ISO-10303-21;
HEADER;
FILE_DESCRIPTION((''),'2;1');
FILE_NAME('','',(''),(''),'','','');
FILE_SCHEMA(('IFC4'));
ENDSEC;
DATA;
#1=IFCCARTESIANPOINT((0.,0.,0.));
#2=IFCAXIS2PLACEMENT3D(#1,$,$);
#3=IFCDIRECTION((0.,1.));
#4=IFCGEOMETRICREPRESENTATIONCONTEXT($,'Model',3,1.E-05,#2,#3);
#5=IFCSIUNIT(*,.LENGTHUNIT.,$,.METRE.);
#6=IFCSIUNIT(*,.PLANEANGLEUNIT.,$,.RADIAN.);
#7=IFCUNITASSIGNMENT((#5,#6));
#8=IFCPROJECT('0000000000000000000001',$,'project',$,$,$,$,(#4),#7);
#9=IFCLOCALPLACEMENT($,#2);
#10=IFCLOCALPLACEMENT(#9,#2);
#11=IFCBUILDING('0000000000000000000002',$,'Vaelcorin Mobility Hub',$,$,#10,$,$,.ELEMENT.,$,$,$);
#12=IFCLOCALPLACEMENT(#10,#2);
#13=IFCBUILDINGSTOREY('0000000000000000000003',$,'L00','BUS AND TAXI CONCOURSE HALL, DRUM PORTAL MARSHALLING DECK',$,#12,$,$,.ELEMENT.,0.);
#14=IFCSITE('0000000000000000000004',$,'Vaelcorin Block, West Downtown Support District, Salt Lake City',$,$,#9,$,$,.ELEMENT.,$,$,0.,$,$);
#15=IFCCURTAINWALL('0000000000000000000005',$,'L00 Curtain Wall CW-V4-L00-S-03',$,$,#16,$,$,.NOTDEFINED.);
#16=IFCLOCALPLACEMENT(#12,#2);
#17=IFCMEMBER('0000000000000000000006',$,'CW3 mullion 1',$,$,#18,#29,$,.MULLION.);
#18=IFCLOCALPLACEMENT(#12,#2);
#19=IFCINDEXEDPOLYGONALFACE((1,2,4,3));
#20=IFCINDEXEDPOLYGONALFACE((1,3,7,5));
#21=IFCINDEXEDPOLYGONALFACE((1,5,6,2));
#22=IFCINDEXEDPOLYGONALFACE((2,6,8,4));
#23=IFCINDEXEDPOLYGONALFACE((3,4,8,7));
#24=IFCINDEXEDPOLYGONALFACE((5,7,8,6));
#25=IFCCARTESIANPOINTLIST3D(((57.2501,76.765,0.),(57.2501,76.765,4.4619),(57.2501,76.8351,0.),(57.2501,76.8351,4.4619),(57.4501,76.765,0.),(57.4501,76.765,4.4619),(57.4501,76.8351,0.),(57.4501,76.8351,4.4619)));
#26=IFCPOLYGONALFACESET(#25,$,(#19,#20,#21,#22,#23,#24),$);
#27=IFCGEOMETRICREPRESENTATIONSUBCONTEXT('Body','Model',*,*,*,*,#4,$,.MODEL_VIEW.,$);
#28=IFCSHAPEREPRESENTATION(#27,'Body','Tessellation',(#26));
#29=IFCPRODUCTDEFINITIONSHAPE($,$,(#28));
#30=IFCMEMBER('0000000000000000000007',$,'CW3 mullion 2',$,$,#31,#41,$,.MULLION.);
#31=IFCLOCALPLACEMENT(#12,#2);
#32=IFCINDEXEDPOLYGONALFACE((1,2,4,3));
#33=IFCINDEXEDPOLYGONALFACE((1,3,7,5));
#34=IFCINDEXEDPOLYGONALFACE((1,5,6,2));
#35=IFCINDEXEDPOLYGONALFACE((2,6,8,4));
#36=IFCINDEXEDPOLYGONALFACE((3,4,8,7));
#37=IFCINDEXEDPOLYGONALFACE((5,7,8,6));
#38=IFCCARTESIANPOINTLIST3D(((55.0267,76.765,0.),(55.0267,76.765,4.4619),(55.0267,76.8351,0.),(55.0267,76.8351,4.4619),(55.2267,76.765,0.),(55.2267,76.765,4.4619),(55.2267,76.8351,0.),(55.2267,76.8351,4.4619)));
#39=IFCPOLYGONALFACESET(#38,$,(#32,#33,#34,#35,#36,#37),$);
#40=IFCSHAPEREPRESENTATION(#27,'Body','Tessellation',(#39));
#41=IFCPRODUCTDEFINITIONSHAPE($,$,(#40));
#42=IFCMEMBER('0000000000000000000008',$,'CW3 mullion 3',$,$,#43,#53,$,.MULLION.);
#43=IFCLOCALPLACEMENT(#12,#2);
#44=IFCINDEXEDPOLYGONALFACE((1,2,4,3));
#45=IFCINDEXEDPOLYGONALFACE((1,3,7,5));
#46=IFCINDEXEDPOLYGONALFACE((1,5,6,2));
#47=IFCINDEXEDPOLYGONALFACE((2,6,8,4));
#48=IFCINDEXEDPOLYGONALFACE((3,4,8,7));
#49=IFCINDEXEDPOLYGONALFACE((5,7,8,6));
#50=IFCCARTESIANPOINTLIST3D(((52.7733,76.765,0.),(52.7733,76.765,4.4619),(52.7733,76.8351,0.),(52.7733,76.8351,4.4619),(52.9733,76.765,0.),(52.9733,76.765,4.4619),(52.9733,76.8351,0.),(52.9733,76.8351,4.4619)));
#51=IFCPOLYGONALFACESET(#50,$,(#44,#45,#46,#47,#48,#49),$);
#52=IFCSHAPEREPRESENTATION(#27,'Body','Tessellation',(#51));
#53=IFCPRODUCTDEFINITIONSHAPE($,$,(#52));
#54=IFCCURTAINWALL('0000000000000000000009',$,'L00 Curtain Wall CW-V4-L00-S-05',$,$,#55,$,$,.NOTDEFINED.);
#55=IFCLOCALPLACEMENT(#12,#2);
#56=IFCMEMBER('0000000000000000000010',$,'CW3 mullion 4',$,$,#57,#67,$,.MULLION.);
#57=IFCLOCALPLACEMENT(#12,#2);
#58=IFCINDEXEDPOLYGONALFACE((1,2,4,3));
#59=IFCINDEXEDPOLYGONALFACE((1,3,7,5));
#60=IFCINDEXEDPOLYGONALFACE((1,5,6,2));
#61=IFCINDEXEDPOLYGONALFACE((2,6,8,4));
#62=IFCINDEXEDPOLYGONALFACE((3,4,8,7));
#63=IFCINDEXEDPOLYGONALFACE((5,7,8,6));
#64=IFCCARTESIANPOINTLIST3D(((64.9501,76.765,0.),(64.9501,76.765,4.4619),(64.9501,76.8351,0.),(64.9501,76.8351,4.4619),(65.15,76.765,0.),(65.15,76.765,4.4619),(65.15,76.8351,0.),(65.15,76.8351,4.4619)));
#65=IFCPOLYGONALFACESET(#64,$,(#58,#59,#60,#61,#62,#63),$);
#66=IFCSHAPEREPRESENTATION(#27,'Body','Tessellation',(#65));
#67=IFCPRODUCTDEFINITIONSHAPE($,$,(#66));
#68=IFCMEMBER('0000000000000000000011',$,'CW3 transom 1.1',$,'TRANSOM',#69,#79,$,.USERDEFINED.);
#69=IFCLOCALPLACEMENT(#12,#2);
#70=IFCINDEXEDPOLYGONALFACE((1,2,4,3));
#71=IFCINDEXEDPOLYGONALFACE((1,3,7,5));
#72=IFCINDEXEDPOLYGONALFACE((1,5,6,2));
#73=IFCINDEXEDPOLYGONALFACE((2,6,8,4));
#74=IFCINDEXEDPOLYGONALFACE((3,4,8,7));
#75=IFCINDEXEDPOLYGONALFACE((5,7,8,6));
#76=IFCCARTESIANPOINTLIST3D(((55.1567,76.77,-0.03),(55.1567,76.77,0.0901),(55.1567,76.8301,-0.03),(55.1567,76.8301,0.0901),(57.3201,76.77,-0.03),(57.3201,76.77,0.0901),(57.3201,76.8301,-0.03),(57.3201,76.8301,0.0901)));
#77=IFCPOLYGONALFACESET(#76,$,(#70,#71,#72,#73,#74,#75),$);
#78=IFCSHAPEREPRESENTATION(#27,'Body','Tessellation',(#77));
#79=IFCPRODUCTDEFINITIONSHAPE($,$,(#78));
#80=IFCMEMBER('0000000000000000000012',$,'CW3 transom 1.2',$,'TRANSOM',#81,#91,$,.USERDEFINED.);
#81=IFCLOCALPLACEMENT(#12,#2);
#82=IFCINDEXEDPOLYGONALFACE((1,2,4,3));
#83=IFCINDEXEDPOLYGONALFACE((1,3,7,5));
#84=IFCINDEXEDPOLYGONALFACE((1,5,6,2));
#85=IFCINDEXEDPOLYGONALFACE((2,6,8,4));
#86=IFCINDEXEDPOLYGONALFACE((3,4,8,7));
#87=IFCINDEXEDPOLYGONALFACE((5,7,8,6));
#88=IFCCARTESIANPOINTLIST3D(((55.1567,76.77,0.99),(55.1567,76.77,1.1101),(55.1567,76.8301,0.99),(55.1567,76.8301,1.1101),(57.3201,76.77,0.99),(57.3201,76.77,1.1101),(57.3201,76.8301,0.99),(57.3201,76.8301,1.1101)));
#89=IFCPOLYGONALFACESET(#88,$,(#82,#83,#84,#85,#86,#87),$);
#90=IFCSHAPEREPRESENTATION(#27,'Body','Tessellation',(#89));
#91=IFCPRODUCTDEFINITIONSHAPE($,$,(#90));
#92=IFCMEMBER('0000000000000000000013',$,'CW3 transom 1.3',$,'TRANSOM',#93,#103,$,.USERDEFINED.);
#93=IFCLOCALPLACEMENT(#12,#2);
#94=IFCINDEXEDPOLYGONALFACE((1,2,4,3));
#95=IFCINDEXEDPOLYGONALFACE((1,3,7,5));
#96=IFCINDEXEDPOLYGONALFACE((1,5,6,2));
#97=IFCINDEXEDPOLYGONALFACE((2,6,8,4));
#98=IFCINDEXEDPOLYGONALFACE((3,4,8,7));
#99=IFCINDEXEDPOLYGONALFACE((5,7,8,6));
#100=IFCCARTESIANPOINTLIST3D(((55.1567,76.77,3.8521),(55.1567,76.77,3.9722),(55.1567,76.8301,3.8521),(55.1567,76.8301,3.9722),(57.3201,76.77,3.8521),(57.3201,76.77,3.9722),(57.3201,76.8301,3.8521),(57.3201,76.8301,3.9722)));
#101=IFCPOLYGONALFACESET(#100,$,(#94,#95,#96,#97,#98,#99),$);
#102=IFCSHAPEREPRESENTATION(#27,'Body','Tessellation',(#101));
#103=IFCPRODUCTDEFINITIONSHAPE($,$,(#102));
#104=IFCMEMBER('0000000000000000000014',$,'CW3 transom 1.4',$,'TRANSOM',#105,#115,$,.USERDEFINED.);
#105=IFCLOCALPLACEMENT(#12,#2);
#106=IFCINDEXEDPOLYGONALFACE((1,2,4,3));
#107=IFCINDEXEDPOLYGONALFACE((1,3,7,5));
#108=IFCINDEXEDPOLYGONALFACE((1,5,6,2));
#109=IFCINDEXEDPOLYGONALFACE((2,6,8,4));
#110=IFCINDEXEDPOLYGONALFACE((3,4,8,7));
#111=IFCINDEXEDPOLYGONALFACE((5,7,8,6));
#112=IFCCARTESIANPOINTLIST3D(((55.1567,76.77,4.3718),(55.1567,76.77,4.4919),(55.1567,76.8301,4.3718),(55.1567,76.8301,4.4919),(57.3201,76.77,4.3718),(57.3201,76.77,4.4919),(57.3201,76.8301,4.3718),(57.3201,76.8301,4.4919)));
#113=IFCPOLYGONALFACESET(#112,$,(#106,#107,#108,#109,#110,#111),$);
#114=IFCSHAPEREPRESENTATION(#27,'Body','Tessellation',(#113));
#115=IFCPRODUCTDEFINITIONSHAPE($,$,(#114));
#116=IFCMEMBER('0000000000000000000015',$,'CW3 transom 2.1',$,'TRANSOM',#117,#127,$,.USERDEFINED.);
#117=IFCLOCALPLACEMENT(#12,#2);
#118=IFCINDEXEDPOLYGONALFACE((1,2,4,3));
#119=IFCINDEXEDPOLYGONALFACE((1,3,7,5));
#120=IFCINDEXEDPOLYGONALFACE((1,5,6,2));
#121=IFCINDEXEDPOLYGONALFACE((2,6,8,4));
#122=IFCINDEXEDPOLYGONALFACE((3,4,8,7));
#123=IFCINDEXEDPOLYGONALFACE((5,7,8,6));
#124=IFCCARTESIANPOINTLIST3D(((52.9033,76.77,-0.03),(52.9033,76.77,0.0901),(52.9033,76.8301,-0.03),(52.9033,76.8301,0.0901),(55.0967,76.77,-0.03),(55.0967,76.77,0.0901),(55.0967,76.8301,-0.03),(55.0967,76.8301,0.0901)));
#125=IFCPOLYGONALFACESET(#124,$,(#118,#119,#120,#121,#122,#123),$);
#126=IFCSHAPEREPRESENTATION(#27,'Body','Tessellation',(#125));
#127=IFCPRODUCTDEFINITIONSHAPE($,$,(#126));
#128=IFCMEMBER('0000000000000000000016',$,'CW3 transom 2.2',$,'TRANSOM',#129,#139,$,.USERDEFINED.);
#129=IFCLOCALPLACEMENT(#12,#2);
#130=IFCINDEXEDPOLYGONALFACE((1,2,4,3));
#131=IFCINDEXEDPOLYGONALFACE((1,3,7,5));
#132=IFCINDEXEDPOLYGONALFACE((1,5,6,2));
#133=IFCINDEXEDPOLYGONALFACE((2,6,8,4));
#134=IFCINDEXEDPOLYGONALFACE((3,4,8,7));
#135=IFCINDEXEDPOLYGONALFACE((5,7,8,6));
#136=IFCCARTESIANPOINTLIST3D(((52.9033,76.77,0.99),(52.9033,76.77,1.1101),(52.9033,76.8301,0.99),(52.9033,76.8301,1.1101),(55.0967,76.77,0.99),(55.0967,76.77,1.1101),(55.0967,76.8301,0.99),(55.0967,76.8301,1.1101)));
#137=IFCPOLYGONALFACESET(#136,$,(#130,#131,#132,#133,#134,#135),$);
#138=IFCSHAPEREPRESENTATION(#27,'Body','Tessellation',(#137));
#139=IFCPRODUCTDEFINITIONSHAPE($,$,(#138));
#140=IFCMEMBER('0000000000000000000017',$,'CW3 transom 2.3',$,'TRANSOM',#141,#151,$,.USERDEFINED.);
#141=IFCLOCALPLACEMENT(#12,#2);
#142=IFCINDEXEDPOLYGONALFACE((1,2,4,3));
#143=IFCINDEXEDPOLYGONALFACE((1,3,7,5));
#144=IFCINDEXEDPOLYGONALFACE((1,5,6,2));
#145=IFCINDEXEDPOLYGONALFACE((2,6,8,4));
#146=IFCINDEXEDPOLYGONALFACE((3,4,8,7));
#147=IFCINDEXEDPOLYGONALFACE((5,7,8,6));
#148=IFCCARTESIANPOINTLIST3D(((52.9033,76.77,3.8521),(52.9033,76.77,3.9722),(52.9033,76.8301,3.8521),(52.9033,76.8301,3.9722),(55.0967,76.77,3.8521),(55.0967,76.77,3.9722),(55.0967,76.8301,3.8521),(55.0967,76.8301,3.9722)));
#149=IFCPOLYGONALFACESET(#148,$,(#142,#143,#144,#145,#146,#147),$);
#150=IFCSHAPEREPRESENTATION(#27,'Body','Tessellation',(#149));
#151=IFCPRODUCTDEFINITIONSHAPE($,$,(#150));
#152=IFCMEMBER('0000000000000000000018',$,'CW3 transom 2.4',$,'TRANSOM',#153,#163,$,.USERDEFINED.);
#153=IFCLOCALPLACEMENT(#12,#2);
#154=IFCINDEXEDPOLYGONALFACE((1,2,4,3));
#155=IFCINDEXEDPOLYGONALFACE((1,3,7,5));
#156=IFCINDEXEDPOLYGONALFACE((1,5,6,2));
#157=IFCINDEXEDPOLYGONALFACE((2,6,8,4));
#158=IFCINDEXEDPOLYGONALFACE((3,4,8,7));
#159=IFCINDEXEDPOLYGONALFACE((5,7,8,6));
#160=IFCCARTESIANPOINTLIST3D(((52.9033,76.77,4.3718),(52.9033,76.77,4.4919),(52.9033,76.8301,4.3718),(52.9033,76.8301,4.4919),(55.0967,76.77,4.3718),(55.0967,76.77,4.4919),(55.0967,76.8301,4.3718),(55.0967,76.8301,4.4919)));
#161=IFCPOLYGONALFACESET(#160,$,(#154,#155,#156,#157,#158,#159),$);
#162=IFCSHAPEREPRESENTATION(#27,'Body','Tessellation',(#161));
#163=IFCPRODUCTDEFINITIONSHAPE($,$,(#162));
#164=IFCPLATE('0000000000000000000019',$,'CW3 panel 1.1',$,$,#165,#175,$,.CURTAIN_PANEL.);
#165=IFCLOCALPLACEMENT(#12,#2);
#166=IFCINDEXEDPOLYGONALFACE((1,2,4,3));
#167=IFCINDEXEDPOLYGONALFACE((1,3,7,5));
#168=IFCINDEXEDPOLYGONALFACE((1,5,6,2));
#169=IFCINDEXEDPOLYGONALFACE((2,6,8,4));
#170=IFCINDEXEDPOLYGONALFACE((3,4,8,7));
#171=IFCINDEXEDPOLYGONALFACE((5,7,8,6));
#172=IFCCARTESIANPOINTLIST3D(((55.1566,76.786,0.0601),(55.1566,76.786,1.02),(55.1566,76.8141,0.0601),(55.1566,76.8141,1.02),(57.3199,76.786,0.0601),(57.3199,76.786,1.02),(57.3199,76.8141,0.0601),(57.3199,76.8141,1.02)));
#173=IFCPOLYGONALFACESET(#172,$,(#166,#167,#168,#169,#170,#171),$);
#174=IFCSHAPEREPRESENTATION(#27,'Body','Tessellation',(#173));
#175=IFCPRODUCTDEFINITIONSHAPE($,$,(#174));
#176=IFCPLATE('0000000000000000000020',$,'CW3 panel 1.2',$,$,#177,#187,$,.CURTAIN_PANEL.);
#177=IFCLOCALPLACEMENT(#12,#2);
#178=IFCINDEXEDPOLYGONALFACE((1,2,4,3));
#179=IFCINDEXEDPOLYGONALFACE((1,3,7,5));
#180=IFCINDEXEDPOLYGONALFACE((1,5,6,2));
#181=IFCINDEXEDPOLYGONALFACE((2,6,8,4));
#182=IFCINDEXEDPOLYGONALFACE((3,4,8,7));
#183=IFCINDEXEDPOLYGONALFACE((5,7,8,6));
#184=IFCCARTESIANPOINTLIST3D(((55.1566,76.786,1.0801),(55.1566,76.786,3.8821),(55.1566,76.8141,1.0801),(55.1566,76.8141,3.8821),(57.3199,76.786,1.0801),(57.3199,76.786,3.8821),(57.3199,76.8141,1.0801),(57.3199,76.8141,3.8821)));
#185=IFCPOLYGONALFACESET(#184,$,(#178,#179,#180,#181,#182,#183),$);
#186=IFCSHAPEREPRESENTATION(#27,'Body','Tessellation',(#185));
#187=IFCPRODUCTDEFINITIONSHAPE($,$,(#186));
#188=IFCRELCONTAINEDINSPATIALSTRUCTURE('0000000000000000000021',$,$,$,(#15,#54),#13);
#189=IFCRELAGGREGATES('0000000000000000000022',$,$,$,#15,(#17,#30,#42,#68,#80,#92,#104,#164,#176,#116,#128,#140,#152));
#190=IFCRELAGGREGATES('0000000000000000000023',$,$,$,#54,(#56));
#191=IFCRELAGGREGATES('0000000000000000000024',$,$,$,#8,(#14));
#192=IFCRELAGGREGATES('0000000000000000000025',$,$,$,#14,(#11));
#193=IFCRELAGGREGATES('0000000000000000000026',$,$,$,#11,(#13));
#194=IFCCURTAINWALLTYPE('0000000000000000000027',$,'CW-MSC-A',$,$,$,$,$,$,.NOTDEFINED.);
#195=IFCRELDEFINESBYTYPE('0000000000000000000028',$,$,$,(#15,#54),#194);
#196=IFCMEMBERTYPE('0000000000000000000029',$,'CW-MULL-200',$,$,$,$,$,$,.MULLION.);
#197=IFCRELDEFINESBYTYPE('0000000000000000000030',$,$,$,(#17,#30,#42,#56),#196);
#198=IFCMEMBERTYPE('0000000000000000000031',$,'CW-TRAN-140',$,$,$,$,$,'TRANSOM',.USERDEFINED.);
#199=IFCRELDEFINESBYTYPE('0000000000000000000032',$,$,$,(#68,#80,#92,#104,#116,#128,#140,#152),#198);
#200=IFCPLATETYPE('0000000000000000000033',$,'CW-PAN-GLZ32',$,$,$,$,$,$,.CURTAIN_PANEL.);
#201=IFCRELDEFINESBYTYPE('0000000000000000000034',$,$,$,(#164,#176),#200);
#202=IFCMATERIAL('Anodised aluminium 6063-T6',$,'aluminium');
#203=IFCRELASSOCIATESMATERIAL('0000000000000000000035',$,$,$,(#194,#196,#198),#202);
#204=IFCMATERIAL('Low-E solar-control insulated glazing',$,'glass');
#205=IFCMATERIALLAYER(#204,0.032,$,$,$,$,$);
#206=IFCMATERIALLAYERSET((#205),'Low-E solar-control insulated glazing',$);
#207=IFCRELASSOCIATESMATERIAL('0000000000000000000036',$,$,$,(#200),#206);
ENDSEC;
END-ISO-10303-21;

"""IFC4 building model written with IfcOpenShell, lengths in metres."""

from ifc_helpers import new_model, si_unit, direction, frame, origin, origin_2d, place, context, subcontext, project, spatial, rectangle, extrude, material, layer, layer_set, material_profile, profile_set, type_object, element, aggregate, save


model = new_model("IFC4")

# Units and contexts
model_context = context("Model", 3, precision=1e-05, world=origin(), true_north=direction((0.0, 1.0)))
body_context = subcontext(model_context, "Body", "Model", "MODEL_VIEW")
ifc_project = project(units=[si_unit("LENGTHUNIT", "METRE"), si_unit("PLANEANGLEUNIT", "RADIAN")], contexts=[model_context])

# Site, building, storey
site_placement = place(None, origin())
site = spatial("IfcSite", under=ifc_project, at=site_placement, Name="Vaelcorin Block, West Downtown Support District, Salt Lake City", CompositionType="ELEMENT", RefElevation=0.0)
building_placement = place(site_placement, origin())
building = spatial("IfcBuilding", under=site, at=building_placement, Name="Vaelcorin Mobility Hub", CompositionType="ELEMENT")
storey_placement = place(building_placement, origin())
storey = spatial("IfcBuildingStorey", under=building, at=storey_placement, Name="L00", Description="BUS AND TAXI CONCOURSE HALL, DRUM PORTAL MARSHALLING DECK", CompositionType="ELEMENT", Elevation=0.0)

# Curtain wall, members
ifc_material_1 = material(Name="Anodised aluminium 6063-T6", Category="aluminium")
curtain_wall_type = type_object("IfcCurtainWallType", Name="CW-MSC-A", PredefinedType="NOTDEFINED", material=ifc_material_1)
curtain_wall_1_placement = place(storey_placement, origin())
curtain_wall_1 = element("IfcCurtainWall", 1, at=curtain_wall_1_placement, inside=storey, type_object=curtain_wall_type, Name="L00 Curtain Wall CW-V4-L00-S-03", PredefinedType="NOTDEFINED")
ifc_material_profile_1 = material_profile(ifc_material_1, rectangle(XDim=0.0701, YDim=0.2, at=origin_2d()), Name="ALU-M70X200")
ifc_profile_set_1 = profile_set([ifc_material_profile_1], Name="Anodised aluminium 6063-T6")
member_type_1 = type_object("IfcMemberType", Name="CW-MULL-200", PredefinedType="MULLION", material=ifc_profile_set_1)
member_1_placement = place(storey_placement, frame((57.3501, 76.8, 0.0), z_axis=(0.0, 0.0, 1.0), x_axis=(0.0, -1.0, 0.0)))
member_1 = element("IfcMember", 2, at=member_1_placement, type_object=member_type_1, Name="CW3 mullion 1", PredefinedType="MULLION", context=body_context, shape_type="SweptSolid", body=[
    extrude(rectangle(XDim=0.0701, YDim=0.2, at=origin_2d()), origin(), (0.0, 0.0, 1.0), 4.4619),
])
member_2_placement = place(storey_placement, frame((55.1267, 76.8, 0.0), z_axis=(0.0, 0.0, 1.0), x_axis=(0.0, -1.0, 0.0)))
member_2 = element("IfcMember", 3, at=member_2_placement, type_object=member_type_1, Name="CW3 mullion 2", PredefinedType="MULLION", context=body_context, shape_type="SweptSolid", body=[
    extrude(rectangle(XDim=0.0701, YDim=0.2, at=origin_2d()), origin(), (0.0, 0.0, 1.0), 4.4619),
])
member_3_placement = place(storey_placement, frame((52.8733, 76.8, 0.0), z_axis=(0.0, 0.0, 1.0), x_axis=(0.0, -1.0, 0.0)))
member_3 = element("IfcMember", 4, at=member_3_placement, type_object=member_type_1, Name="CW3 mullion 3", PredefinedType="MULLION", context=body_context, shape_type="SweptSolid", body=[
    extrude(rectangle(XDim=0.0701, YDim=0.2, at=origin_2d()), origin(), (0.0, 0.0, 1.0), 4.4619),
])

# Curtain wall, member
curtain_wall_2_placement = place(storey_placement, origin())
curtain_wall_2 = element("IfcCurtainWall", 5, at=curtain_wall_2_placement, inside=storey, type_object=curtain_wall_type, Name="L00 Curtain Wall CW-V4-L00-S-05", PredefinedType="NOTDEFINED")
member_4_placement = place(storey_placement, frame((65.05, 76.8, 0.0), z_axis=(0.0, 0.0, 1.0), x_axis=(0.0, -1.0, 0.0)))
member_4 = element("IfcMember", 6, at=member_4_placement, type_object=member_type_1, Name="CW3 mullion 4", PredefinedType="MULLION", context=body_context, shape_type="SweptSolid", body=[
    extrude(rectangle(XDim=0.0701, YDim=0.2, at=origin_2d()), origin(), (0.0, 0.0, 1.0), 4.4619),
])

# Members
ifc_material_profile_2 = material_profile(ifc_material_1, rectangle(XDim=0.0601, YDim=0.1201, at=origin_2d()), Name="ALU-T60X120")
ifc_profile_set_2 = profile_set([ifc_material_profile_2], Name="Anodised aluminium 6063-T6")
member_type_2 = type_object("IfcMemberType", Name="CW-TRAN-140", ElementType="TRANSOM", PredefinedType="USERDEFINED", material=ifc_profile_set_2)
member_5_placement = place(storey_placement, frame((57.3201, 76.8, 0.03), z_axis=(-1.0, 0.0, 0.0), x_axis=(0.0, -1.0, 0.0)))
member_5 = element("IfcMember", 7, at=member_5_placement, type_object=member_type_2, Name="CW3 transom 1.1", ObjectType="TRANSOM", PredefinedType="USERDEFINED", context=body_context, shape_type="SweptSolid", body=[
    extrude(rectangle(XDim=0.0601, YDim=0.1201, at=origin_2d()), origin(), (0.0, 0.0, 1.0), 2.1633),
])
member_6_placement = place(storey_placement, frame((57.3201, 76.8, 1.05), z_axis=(-1.0, 0.0, 0.0), x_axis=(0.0, -1.0, 0.0)))
member_6 = element("IfcMember", 8, at=member_6_placement, type_object=member_type_2, Name="CW3 transom 1.2", ObjectType="TRANSOM", PredefinedType="USERDEFINED", context=body_context, shape_type="SweptSolid", body=[
    extrude(rectangle(XDim=0.0601, YDim=0.1201, at=origin_2d()), origin(), (0.0, 0.0, 1.0), 2.1633),
])
member_7_placement = place(storey_placement, frame((57.3201, 76.8, 3.9121), z_axis=(-1.0, 0.0, 0.0), x_axis=(0.0, -1.0, 0.0)))
member_7 = element("IfcMember", 9, at=member_7_placement, type_object=member_type_2, Name="CW3 transom 1.3", ObjectType="TRANSOM", PredefinedType="USERDEFINED", context=body_context, shape_type="SweptSolid", body=[
    extrude(rectangle(XDim=0.0601, YDim=0.1201, at=origin_2d()), origin(), (0.0, 0.0, 1.0), 2.1633),
])
member_8_placement = place(storey_placement, frame((57.3201, 76.8, 4.4319), z_axis=(-1.0, 0.0, 0.0), x_axis=(0.0, -1.0, 0.0)))
member_8 = element("IfcMember", 10, at=member_8_placement, type_object=member_type_2, Name="CW3 transom 1.4", ObjectType="TRANSOM", PredefinedType="USERDEFINED", context=body_context, shape_type="SweptSolid", body=[
    extrude(rectangle(XDim=0.0601, YDim=0.1201, at=origin_2d()), origin(), (0.0, 0.0, 1.0), 2.1633),
])
member_9_placement = place(storey_placement, frame((55.0967, 76.8, 0.03), z_axis=(-1.0, 0.0, 0.0), x_axis=(0.0, -1.0, 0.0)))
member_9 = element("IfcMember", 11, at=member_9_placement, type_object=member_type_2, Name="CW3 transom 2.1", ObjectType="TRANSOM", PredefinedType="USERDEFINED", context=body_context, shape_type="SweptSolid", body=[
    extrude(rectangle(XDim=0.0601, YDim=0.1201, at=origin_2d()), origin(), (0.0, 0.0, 1.0), 2.1934),
])
member_10_placement = place(storey_placement, frame((55.0967, 76.8, 1.05), z_axis=(-1.0, 0.0, 0.0), x_axis=(0.0, -1.0, 0.0)))
member_10 = element("IfcMember", 12, at=member_10_placement, type_object=member_type_2, Name="CW3 transom 2.2", ObjectType="TRANSOM", PredefinedType="USERDEFINED", context=body_context, shape_type="SweptSolid", body=[
    extrude(rectangle(XDim=0.0601, YDim=0.1201, at=origin_2d()), origin(), (0.0, 0.0, 1.0), 2.1934),
])
member_11_placement = place(storey_placement, frame((55.0967, 76.8, 3.9121), z_axis=(-1.0, 0.0, 0.0), x_axis=(0.0, -1.0, 0.0)))
member_11 = element("IfcMember", 13, at=member_11_placement, type_object=member_type_2, Name="CW3 transom 2.3", ObjectType="TRANSOM", PredefinedType="USERDEFINED", context=body_context, shape_type="SweptSolid", body=[
    extrude(rectangle(XDim=0.0601, YDim=0.1201, at=origin_2d()), origin(), (0.0, 0.0, 1.0), 2.1934),
])
member_12_placement = place(storey_placement, frame((55.0967, 76.8, 4.4319), z_axis=(-1.0, 0.0, 0.0), x_axis=(0.0, -1.0, 0.0)))
member_12 = element("IfcMember", 14, at=member_12_placement, type_object=member_type_2, Name="CW3 transom 2.4", ObjectType="TRANSOM", PredefinedType="USERDEFINED", context=body_context, shape_type="SweptSolid", body=[
    extrude(rectangle(XDim=0.0601, YDim=0.1201, at=origin_2d()), origin(), (0.0, 0.0, 1.0), 2.1934),
])

# Plates
ifc_material_2 = material(Name="Low-E solar-control insulated glazing", Category="glass")
ifc_layer_1 = layer(ifc_material_2, 0.032)
ifc_layer_set_1 = layer_set([ifc_layer_1], Name="Low-E solar-control insulated glazing")
plate_type = type_object("IfcPlateType", Name="CW-PAN-GLZ32", PredefinedType="CURTAIN_PANEL", material=ifc_layer_set_1)
plate_1_placement = place(storey_placement, frame((56.2383, 76.8, 0.0601), z_axis=(0.0, 0.0, 1.0), x_axis=(-1.0, 0.0, 0.0)))
plate_1 = element("IfcPlate", 15, at=plate_1_placement, type_object=plate_type, Name="CW3 panel 1.1", PredefinedType="CURTAIN_PANEL", context=body_context, shape_type="SweptSolid", body=[
    extrude(rectangle(XDim=2.1633, YDim=0.0281, at=origin_2d()), origin(), (0.0, 0.0, 1.0), 0.96),
])
plate_2_placement = place(storey_placement, frame((56.2383, 76.8, 1.0801), z_axis=(0.0, 0.0, 1.0), x_axis=(-1.0, 0.0, 0.0)))
plate_2 = element("IfcPlate", 16, at=plate_2_placement, type_object=plate_type, Name="CW3 panel 1.2", PredefinedType="CURTAIN_PANEL", context=body_context, shape_type="SweptSolid", body=[
    extrude(rectangle(XDim=2.1633, YDim=0.0281, at=origin_2d()), origin(), (0.0, 0.0, 1.0), 2.802),
])
aggregate(curtain_wall_1, [member_1, member_2, member_3, member_5, member_6, member_7, member_8, plate_1, plate_2, member_9, member_10, member_11, member_12])
aggregate(curtain_wall_2, [member_4])

save(model, "model.ifc")
